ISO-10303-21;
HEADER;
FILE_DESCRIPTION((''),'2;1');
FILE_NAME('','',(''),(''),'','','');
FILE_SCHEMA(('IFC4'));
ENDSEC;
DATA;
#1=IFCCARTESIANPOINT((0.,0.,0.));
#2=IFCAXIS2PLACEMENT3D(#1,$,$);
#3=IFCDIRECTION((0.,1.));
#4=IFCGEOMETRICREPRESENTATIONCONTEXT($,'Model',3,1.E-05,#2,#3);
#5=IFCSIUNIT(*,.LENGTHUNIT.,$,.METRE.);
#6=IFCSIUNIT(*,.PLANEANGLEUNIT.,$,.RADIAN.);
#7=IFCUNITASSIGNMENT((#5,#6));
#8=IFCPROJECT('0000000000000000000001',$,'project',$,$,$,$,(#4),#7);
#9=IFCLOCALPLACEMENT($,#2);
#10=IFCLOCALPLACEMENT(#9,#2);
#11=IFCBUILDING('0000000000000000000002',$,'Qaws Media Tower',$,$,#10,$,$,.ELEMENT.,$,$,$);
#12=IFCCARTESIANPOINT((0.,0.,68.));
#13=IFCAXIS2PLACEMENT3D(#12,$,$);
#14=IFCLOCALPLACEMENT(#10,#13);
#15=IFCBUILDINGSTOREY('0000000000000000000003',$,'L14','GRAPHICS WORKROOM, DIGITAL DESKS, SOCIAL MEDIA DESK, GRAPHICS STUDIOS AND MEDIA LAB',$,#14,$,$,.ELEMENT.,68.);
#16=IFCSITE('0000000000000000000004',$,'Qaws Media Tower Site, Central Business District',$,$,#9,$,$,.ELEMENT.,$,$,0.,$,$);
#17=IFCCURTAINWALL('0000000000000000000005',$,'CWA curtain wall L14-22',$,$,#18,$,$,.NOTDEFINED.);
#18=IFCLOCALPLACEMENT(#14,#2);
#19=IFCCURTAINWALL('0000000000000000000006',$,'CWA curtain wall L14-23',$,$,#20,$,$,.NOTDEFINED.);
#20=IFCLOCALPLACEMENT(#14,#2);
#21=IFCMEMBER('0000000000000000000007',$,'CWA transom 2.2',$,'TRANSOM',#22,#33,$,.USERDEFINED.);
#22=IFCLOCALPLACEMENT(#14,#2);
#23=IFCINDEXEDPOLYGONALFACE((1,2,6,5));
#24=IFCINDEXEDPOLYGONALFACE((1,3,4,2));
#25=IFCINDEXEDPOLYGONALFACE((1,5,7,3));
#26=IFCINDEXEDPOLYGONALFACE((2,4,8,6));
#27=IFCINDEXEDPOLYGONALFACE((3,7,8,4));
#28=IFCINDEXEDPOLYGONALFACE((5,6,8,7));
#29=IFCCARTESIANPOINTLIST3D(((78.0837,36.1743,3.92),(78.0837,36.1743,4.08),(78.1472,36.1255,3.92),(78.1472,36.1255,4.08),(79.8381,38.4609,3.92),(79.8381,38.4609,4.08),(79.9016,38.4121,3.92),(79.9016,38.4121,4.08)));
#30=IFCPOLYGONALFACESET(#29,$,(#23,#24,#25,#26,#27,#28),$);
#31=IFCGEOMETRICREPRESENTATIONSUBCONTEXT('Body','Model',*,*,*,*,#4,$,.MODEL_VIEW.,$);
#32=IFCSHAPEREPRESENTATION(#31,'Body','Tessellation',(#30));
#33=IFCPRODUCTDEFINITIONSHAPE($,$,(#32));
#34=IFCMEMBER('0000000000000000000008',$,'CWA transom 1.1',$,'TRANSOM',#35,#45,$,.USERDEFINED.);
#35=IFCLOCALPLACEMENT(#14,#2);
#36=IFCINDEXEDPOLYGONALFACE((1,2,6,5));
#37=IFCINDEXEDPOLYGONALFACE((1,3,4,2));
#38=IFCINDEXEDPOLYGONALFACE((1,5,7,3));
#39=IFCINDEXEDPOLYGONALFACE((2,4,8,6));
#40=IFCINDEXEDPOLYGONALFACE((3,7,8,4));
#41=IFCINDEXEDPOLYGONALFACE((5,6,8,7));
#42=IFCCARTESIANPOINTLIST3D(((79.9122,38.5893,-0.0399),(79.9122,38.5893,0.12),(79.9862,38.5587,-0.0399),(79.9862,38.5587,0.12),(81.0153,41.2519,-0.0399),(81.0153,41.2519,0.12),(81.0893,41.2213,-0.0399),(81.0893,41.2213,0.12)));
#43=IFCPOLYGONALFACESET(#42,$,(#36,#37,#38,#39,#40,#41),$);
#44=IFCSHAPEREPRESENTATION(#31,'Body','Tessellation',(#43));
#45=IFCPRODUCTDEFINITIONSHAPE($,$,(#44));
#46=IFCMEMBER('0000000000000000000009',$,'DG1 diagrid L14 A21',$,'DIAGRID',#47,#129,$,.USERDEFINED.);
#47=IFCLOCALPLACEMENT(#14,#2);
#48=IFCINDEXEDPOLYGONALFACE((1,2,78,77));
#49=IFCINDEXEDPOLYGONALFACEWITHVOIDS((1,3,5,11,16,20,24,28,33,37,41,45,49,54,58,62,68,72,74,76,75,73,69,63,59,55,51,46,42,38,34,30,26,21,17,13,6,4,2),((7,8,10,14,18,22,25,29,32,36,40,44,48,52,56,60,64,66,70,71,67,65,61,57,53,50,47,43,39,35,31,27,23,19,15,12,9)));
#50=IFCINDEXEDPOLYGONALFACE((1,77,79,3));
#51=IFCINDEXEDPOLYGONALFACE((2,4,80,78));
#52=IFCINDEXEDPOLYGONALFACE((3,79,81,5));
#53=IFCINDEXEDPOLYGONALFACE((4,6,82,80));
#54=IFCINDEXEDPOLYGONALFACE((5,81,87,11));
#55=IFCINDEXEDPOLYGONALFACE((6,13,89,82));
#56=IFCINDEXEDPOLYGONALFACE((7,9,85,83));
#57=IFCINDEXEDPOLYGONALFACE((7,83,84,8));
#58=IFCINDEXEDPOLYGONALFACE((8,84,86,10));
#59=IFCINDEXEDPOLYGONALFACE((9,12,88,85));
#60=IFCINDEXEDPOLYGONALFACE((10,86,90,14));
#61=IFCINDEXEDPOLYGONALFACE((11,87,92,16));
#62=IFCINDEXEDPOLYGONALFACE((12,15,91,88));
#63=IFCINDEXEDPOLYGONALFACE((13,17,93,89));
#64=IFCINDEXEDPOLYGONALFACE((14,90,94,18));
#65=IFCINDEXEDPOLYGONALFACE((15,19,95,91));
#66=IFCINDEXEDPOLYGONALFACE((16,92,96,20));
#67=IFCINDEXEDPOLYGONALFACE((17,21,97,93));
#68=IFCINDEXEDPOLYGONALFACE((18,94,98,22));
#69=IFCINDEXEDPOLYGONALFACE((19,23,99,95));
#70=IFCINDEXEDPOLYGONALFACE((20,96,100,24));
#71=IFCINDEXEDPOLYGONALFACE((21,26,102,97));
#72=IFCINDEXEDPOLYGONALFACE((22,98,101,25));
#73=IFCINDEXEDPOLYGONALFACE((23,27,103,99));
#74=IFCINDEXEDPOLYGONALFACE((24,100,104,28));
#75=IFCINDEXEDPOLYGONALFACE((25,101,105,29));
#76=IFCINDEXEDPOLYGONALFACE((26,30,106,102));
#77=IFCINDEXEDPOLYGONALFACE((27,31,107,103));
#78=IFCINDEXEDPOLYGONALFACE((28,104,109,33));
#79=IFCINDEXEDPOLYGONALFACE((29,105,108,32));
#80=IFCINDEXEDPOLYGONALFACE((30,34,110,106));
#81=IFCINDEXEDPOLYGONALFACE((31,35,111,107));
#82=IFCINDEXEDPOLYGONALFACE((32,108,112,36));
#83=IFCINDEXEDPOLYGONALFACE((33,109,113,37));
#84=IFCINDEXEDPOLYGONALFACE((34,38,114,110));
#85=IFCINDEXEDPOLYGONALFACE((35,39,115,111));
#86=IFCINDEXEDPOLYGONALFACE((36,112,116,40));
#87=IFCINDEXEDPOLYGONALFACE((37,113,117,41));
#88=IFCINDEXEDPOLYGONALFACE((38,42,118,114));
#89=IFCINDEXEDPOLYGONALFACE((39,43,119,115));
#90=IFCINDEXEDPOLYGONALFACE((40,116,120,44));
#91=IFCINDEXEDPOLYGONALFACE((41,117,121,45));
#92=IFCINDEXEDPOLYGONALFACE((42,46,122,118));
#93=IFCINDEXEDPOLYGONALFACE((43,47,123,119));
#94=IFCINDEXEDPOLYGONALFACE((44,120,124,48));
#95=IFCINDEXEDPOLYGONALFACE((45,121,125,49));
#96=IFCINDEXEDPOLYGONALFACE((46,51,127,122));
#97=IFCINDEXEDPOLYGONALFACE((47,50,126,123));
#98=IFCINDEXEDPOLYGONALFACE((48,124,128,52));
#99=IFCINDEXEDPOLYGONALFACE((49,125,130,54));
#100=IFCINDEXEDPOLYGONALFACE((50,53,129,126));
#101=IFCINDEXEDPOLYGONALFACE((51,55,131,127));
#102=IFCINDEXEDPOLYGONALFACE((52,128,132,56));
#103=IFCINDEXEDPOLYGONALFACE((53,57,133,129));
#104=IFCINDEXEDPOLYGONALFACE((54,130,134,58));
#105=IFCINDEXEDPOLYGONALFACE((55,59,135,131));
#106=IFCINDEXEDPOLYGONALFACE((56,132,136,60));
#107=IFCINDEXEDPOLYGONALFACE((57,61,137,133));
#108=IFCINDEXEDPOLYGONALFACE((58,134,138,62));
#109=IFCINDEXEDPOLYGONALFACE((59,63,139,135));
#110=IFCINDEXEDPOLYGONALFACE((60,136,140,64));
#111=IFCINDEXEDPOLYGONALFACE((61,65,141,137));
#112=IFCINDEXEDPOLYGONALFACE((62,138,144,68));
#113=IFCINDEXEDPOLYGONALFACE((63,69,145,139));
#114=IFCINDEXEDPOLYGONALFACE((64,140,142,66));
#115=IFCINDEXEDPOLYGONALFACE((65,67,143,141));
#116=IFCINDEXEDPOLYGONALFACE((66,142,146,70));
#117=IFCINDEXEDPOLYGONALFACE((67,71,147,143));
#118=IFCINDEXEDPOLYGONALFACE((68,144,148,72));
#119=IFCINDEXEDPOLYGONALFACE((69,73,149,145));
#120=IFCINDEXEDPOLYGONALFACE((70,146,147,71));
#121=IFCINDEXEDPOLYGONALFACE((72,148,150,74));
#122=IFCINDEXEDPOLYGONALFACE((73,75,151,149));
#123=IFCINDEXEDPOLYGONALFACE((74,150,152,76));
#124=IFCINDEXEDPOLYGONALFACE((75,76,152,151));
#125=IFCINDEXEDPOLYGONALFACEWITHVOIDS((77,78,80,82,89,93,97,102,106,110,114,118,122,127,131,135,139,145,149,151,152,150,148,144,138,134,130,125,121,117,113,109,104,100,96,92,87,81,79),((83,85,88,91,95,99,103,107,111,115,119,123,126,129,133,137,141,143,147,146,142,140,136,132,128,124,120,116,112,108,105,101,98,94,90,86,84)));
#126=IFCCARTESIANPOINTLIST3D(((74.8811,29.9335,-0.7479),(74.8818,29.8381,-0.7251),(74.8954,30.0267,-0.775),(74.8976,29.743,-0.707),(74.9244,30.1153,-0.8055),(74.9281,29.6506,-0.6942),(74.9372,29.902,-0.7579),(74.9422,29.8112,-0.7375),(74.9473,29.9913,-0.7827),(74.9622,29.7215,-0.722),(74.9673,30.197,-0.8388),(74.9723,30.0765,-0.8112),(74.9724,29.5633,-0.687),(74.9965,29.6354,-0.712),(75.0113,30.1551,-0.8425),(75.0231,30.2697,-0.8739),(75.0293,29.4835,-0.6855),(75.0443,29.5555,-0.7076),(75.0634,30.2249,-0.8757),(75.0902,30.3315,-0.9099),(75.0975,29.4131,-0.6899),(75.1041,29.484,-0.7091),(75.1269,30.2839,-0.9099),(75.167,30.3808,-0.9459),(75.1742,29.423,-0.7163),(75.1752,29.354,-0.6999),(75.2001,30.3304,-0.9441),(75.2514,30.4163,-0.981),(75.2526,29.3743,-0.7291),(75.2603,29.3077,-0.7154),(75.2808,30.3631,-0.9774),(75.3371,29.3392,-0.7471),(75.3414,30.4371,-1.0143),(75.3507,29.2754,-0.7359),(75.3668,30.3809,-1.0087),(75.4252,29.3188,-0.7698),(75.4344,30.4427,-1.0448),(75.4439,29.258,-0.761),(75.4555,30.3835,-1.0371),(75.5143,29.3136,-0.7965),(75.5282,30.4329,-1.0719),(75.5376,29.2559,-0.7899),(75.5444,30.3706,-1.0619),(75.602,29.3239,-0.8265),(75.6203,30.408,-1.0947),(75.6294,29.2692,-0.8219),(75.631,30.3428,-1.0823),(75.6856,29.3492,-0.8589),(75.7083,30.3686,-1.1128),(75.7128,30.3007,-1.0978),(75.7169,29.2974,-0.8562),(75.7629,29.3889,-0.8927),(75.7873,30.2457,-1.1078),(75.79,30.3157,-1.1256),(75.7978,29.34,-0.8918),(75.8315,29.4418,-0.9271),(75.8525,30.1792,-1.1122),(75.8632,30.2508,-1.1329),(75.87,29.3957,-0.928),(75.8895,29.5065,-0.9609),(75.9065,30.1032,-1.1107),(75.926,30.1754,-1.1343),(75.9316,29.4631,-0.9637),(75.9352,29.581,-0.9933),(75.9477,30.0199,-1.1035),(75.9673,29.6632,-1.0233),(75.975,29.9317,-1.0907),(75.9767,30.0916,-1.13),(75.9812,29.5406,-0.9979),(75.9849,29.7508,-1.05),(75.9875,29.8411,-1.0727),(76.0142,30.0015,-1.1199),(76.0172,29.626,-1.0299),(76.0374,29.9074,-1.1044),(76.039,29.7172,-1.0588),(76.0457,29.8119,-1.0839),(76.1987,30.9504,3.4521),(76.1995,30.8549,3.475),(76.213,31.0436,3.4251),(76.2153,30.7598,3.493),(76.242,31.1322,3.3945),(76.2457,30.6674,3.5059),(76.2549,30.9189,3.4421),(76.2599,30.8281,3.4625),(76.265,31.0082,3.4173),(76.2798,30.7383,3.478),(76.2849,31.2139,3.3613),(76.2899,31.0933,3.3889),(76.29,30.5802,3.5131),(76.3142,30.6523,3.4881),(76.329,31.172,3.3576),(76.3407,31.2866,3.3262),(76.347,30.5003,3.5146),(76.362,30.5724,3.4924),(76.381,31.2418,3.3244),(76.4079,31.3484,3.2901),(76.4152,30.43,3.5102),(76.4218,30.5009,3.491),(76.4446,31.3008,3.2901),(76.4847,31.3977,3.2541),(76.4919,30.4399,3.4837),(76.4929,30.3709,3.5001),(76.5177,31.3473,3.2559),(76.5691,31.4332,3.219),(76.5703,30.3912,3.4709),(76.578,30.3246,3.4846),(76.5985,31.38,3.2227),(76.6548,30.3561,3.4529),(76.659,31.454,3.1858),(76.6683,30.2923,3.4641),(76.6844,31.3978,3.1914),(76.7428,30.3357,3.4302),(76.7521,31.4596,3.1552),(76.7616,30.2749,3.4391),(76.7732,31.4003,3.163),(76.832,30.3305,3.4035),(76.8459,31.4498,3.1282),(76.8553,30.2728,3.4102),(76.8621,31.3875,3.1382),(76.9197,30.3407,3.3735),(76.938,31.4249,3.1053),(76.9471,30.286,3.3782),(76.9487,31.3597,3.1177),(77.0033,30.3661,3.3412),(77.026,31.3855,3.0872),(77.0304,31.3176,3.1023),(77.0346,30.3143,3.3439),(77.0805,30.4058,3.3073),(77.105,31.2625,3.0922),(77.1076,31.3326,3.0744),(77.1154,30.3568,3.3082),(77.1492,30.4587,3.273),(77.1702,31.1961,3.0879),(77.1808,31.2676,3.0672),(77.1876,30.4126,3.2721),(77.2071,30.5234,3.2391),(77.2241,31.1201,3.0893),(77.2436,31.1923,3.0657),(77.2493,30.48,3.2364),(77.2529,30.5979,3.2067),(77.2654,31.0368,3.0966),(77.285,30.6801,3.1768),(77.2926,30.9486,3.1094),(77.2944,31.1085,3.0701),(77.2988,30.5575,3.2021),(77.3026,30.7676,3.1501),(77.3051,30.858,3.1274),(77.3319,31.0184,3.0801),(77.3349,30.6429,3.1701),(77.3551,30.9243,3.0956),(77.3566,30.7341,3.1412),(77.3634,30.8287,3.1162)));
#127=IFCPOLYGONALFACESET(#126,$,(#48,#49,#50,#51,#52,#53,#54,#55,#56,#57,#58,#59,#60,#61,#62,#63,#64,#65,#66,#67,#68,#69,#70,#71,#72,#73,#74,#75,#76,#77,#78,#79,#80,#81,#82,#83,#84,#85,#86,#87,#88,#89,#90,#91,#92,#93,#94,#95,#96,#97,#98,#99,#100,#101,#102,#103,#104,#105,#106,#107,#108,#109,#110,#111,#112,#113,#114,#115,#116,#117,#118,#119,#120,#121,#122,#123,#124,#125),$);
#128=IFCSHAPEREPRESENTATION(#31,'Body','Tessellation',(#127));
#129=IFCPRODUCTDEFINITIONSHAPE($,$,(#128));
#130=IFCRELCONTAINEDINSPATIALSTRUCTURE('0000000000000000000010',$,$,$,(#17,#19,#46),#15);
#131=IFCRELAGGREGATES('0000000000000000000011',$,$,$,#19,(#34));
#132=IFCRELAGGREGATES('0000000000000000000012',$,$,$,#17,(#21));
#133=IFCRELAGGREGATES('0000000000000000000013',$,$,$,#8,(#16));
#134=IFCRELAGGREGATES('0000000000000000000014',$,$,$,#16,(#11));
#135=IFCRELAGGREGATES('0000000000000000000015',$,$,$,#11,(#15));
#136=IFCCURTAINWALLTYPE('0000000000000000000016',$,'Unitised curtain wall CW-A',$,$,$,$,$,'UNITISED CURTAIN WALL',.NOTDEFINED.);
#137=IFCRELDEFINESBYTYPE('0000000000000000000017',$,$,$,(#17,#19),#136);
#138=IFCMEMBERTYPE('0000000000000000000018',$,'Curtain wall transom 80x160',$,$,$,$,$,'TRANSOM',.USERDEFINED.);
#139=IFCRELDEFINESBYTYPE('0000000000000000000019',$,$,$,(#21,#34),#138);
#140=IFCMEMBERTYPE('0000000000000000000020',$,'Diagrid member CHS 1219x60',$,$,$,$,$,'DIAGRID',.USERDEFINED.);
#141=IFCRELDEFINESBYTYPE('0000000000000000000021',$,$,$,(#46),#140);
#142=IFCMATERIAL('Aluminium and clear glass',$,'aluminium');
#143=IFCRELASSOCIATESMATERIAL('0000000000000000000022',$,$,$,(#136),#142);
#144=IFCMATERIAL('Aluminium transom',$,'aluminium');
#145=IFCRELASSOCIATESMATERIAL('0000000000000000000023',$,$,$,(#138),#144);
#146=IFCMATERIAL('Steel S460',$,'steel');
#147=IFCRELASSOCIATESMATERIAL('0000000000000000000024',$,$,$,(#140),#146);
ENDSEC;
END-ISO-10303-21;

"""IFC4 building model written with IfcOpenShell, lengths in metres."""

from ifc_helpers import new_model, si_unit, direction, frame, origin, origin_2d, place, context, subcontext, project, spatial, rectangle, hollow_circle, extrude, material, material_profile, profile_set, type_object, element, aggregate, save


model = new_model("IFC4")

# Units and contexts
model_context = context("Model", 3, precision=1e-05, world=origin(), true_north=direction((0.0, 1.0)))
body_context = subcontext(model_context, "Body", "Model", "MODEL_VIEW")
ifc_project = project(units=[si_unit("LENGTHUNIT", "METRE"), si_unit("PLANEANGLEUNIT", "RADIAN")], contexts=[model_context])

# Site, building, storey
site_placement = place(None, origin())
site = spatial("IfcSite", under=ifc_project, at=site_placement, Name="Qaws Media Tower Site, Central Business District", CompositionType="ELEMENT", RefElevation=0.0)
building_placement = place(site_placement, origin())
building = spatial("IfcBuilding", under=site, at=building_placement, Name="Qaws Media Tower", CompositionType="ELEMENT")
storey_placement = place(building_placement, frame((0.0, 0.0, 68.0)))
storey = spatial("IfcBuildingStorey", under=building, at=storey_placement, Name="L14", Description="GRAPHICS WORKROOM, DIGITAL DESKS, SOCIAL MEDIA DESK, GRAPHICS STUDIOS AND MEDIA LAB", CompositionType="ELEMENT", Elevation=68.0)

# Curtain wall
ifc_material_1 = material(Name="Aluminium and clear glass", Category="aluminium")
curtain_wall_type = type_object("IfcCurtainWallType", Name="Unitised curtain wall CW-A", ElementType="UNITISED CURTAIN WALL", PredefinedType="NOTDEFINED", material=ifc_material_1)
curtain_wall_1_placement = place(storey_placement, origin())
curtain_wall_1 = element("IfcCurtainWall", 1, at=curtain_wall_1_placement, inside=storey, type_object=curtain_wall_type, Name="CWA curtain wall L14-22", PredefinedType="NOTDEFINED")

# Curtain wall
curtain_wall_2_placement = place(storey_placement, origin())
curtain_wall_2 = element("IfcCurtainWall", 2, at=curtain_wall_2_placement, inside=storey, type_object=curtain_wall_type, Name="CWA curtain wall L14-23", PredefinedType="NOTDEFINED")

# Members
ifc_material_2 = material(Name="Aluminium transom", Category="aluminium")
ifc_material_profile_1 = material_profile(ifc_material_2, rectangle(XDim=0.0801, YDim=0.1599, at=origin_2d()), Name="80x160")
ifc_profile_set_1 = profile_set([ifc_material_profile_1], Name="Aluminium transom")
member_type_1 = type_object("IfcMemberType", Name="Curtain wall transom 80x160", ElementType="TRANSOM", PredefinedType="USERDEFINED", material=ifc_profile_set_1)
member_1_placement = place(storey_placement, frame((78.1155, 36.1499, 4.0), z_axis=(0.60872, 0.793385, 0.0), x_axis=(-0.793385, 0.60872, 0.0)))
member_1 = element("IfcMember", 3, at=member_1_placement, type_object=member_type_1, Name="CWA transom 2.2", ObjectType="TRANSOM", PredefinedType="USERDEFINED", context=body_context, shape_type="SweptSolid", body=[
    extrude(rectangle(XDim=0.0801, YDim=0.1599, at=origin_2d()), origin(), (0.0, 0.0, 1.0), 2.8821),
])
member_2_placement = place(storey_placement, frame((79.9492, 38.574, 0.04), z_axis=(0.382726, 0.923862, 0.0), x_axis=(-0.923862, 0.382726, 0.0)))
member_2 = element("IfcMember", 4, at=member_2_placement, type_object=member_type_1, Name="CWA transom 1.1", ObjectType="TRANSOM", PredefinedType="USERDEFINED", context=body_context, shape_type="SweptSolid", body=[
    extrude(rectangle(XDim=0.0801, YDim=0.1599, at=origin_2d()), origin(), (0.0, 0.0, 1.0), 2.8821),
])
aggregate(curtain_wall_2, [member_2])

# Member
ifc_material_3 = material(Name="Steel S460", Category="steel")
ifc_material_profile_2 = material_profile(ifc_material_3, hollow_circle(Radius=0.6096, WallThickness=0.0601, at=origin_2d()), Name="CHS 1219x60")
ifc_profile_set_2 = profile_set([ifc_material_profile_2], Name="Steel S460")
member_type_2 = type_object("IfcMemberType", Name="Diagrid member CHS 1219x60", ElementType="DIAGRID", PredefinedType="USERDEFINED", material=ifc_profile_set_2)
for number, where, z_axis, x_axis, name in (
    (5, (75.4626, 29.8489, -0.9099), (0.291658, 0.22508, 0.929664), (-0.610951, 0.791669, 0.0), "DG1 diagrid L14 A21"),
):
    element("IfcMember", number, at=place(storey_placement, frame(where, z_axis=z_axis, x_axis=x_axis)), inside=storey, type_object=member_type_2, Name=name, ObjectType="DIAGRID", PredefinedType="USERDEFINED", context=body_context, shape_type="SweptSolid", body=[
        extrude(hollow_circle(Radius=0.6096, WallThickness=0.0601, at=origin_2d()), origin(), (0.0, 0.0, 1.0), 4.5178),
    ])

aggregate(curtain_wall_1, [member_1])

save(model, "model.ifc")
